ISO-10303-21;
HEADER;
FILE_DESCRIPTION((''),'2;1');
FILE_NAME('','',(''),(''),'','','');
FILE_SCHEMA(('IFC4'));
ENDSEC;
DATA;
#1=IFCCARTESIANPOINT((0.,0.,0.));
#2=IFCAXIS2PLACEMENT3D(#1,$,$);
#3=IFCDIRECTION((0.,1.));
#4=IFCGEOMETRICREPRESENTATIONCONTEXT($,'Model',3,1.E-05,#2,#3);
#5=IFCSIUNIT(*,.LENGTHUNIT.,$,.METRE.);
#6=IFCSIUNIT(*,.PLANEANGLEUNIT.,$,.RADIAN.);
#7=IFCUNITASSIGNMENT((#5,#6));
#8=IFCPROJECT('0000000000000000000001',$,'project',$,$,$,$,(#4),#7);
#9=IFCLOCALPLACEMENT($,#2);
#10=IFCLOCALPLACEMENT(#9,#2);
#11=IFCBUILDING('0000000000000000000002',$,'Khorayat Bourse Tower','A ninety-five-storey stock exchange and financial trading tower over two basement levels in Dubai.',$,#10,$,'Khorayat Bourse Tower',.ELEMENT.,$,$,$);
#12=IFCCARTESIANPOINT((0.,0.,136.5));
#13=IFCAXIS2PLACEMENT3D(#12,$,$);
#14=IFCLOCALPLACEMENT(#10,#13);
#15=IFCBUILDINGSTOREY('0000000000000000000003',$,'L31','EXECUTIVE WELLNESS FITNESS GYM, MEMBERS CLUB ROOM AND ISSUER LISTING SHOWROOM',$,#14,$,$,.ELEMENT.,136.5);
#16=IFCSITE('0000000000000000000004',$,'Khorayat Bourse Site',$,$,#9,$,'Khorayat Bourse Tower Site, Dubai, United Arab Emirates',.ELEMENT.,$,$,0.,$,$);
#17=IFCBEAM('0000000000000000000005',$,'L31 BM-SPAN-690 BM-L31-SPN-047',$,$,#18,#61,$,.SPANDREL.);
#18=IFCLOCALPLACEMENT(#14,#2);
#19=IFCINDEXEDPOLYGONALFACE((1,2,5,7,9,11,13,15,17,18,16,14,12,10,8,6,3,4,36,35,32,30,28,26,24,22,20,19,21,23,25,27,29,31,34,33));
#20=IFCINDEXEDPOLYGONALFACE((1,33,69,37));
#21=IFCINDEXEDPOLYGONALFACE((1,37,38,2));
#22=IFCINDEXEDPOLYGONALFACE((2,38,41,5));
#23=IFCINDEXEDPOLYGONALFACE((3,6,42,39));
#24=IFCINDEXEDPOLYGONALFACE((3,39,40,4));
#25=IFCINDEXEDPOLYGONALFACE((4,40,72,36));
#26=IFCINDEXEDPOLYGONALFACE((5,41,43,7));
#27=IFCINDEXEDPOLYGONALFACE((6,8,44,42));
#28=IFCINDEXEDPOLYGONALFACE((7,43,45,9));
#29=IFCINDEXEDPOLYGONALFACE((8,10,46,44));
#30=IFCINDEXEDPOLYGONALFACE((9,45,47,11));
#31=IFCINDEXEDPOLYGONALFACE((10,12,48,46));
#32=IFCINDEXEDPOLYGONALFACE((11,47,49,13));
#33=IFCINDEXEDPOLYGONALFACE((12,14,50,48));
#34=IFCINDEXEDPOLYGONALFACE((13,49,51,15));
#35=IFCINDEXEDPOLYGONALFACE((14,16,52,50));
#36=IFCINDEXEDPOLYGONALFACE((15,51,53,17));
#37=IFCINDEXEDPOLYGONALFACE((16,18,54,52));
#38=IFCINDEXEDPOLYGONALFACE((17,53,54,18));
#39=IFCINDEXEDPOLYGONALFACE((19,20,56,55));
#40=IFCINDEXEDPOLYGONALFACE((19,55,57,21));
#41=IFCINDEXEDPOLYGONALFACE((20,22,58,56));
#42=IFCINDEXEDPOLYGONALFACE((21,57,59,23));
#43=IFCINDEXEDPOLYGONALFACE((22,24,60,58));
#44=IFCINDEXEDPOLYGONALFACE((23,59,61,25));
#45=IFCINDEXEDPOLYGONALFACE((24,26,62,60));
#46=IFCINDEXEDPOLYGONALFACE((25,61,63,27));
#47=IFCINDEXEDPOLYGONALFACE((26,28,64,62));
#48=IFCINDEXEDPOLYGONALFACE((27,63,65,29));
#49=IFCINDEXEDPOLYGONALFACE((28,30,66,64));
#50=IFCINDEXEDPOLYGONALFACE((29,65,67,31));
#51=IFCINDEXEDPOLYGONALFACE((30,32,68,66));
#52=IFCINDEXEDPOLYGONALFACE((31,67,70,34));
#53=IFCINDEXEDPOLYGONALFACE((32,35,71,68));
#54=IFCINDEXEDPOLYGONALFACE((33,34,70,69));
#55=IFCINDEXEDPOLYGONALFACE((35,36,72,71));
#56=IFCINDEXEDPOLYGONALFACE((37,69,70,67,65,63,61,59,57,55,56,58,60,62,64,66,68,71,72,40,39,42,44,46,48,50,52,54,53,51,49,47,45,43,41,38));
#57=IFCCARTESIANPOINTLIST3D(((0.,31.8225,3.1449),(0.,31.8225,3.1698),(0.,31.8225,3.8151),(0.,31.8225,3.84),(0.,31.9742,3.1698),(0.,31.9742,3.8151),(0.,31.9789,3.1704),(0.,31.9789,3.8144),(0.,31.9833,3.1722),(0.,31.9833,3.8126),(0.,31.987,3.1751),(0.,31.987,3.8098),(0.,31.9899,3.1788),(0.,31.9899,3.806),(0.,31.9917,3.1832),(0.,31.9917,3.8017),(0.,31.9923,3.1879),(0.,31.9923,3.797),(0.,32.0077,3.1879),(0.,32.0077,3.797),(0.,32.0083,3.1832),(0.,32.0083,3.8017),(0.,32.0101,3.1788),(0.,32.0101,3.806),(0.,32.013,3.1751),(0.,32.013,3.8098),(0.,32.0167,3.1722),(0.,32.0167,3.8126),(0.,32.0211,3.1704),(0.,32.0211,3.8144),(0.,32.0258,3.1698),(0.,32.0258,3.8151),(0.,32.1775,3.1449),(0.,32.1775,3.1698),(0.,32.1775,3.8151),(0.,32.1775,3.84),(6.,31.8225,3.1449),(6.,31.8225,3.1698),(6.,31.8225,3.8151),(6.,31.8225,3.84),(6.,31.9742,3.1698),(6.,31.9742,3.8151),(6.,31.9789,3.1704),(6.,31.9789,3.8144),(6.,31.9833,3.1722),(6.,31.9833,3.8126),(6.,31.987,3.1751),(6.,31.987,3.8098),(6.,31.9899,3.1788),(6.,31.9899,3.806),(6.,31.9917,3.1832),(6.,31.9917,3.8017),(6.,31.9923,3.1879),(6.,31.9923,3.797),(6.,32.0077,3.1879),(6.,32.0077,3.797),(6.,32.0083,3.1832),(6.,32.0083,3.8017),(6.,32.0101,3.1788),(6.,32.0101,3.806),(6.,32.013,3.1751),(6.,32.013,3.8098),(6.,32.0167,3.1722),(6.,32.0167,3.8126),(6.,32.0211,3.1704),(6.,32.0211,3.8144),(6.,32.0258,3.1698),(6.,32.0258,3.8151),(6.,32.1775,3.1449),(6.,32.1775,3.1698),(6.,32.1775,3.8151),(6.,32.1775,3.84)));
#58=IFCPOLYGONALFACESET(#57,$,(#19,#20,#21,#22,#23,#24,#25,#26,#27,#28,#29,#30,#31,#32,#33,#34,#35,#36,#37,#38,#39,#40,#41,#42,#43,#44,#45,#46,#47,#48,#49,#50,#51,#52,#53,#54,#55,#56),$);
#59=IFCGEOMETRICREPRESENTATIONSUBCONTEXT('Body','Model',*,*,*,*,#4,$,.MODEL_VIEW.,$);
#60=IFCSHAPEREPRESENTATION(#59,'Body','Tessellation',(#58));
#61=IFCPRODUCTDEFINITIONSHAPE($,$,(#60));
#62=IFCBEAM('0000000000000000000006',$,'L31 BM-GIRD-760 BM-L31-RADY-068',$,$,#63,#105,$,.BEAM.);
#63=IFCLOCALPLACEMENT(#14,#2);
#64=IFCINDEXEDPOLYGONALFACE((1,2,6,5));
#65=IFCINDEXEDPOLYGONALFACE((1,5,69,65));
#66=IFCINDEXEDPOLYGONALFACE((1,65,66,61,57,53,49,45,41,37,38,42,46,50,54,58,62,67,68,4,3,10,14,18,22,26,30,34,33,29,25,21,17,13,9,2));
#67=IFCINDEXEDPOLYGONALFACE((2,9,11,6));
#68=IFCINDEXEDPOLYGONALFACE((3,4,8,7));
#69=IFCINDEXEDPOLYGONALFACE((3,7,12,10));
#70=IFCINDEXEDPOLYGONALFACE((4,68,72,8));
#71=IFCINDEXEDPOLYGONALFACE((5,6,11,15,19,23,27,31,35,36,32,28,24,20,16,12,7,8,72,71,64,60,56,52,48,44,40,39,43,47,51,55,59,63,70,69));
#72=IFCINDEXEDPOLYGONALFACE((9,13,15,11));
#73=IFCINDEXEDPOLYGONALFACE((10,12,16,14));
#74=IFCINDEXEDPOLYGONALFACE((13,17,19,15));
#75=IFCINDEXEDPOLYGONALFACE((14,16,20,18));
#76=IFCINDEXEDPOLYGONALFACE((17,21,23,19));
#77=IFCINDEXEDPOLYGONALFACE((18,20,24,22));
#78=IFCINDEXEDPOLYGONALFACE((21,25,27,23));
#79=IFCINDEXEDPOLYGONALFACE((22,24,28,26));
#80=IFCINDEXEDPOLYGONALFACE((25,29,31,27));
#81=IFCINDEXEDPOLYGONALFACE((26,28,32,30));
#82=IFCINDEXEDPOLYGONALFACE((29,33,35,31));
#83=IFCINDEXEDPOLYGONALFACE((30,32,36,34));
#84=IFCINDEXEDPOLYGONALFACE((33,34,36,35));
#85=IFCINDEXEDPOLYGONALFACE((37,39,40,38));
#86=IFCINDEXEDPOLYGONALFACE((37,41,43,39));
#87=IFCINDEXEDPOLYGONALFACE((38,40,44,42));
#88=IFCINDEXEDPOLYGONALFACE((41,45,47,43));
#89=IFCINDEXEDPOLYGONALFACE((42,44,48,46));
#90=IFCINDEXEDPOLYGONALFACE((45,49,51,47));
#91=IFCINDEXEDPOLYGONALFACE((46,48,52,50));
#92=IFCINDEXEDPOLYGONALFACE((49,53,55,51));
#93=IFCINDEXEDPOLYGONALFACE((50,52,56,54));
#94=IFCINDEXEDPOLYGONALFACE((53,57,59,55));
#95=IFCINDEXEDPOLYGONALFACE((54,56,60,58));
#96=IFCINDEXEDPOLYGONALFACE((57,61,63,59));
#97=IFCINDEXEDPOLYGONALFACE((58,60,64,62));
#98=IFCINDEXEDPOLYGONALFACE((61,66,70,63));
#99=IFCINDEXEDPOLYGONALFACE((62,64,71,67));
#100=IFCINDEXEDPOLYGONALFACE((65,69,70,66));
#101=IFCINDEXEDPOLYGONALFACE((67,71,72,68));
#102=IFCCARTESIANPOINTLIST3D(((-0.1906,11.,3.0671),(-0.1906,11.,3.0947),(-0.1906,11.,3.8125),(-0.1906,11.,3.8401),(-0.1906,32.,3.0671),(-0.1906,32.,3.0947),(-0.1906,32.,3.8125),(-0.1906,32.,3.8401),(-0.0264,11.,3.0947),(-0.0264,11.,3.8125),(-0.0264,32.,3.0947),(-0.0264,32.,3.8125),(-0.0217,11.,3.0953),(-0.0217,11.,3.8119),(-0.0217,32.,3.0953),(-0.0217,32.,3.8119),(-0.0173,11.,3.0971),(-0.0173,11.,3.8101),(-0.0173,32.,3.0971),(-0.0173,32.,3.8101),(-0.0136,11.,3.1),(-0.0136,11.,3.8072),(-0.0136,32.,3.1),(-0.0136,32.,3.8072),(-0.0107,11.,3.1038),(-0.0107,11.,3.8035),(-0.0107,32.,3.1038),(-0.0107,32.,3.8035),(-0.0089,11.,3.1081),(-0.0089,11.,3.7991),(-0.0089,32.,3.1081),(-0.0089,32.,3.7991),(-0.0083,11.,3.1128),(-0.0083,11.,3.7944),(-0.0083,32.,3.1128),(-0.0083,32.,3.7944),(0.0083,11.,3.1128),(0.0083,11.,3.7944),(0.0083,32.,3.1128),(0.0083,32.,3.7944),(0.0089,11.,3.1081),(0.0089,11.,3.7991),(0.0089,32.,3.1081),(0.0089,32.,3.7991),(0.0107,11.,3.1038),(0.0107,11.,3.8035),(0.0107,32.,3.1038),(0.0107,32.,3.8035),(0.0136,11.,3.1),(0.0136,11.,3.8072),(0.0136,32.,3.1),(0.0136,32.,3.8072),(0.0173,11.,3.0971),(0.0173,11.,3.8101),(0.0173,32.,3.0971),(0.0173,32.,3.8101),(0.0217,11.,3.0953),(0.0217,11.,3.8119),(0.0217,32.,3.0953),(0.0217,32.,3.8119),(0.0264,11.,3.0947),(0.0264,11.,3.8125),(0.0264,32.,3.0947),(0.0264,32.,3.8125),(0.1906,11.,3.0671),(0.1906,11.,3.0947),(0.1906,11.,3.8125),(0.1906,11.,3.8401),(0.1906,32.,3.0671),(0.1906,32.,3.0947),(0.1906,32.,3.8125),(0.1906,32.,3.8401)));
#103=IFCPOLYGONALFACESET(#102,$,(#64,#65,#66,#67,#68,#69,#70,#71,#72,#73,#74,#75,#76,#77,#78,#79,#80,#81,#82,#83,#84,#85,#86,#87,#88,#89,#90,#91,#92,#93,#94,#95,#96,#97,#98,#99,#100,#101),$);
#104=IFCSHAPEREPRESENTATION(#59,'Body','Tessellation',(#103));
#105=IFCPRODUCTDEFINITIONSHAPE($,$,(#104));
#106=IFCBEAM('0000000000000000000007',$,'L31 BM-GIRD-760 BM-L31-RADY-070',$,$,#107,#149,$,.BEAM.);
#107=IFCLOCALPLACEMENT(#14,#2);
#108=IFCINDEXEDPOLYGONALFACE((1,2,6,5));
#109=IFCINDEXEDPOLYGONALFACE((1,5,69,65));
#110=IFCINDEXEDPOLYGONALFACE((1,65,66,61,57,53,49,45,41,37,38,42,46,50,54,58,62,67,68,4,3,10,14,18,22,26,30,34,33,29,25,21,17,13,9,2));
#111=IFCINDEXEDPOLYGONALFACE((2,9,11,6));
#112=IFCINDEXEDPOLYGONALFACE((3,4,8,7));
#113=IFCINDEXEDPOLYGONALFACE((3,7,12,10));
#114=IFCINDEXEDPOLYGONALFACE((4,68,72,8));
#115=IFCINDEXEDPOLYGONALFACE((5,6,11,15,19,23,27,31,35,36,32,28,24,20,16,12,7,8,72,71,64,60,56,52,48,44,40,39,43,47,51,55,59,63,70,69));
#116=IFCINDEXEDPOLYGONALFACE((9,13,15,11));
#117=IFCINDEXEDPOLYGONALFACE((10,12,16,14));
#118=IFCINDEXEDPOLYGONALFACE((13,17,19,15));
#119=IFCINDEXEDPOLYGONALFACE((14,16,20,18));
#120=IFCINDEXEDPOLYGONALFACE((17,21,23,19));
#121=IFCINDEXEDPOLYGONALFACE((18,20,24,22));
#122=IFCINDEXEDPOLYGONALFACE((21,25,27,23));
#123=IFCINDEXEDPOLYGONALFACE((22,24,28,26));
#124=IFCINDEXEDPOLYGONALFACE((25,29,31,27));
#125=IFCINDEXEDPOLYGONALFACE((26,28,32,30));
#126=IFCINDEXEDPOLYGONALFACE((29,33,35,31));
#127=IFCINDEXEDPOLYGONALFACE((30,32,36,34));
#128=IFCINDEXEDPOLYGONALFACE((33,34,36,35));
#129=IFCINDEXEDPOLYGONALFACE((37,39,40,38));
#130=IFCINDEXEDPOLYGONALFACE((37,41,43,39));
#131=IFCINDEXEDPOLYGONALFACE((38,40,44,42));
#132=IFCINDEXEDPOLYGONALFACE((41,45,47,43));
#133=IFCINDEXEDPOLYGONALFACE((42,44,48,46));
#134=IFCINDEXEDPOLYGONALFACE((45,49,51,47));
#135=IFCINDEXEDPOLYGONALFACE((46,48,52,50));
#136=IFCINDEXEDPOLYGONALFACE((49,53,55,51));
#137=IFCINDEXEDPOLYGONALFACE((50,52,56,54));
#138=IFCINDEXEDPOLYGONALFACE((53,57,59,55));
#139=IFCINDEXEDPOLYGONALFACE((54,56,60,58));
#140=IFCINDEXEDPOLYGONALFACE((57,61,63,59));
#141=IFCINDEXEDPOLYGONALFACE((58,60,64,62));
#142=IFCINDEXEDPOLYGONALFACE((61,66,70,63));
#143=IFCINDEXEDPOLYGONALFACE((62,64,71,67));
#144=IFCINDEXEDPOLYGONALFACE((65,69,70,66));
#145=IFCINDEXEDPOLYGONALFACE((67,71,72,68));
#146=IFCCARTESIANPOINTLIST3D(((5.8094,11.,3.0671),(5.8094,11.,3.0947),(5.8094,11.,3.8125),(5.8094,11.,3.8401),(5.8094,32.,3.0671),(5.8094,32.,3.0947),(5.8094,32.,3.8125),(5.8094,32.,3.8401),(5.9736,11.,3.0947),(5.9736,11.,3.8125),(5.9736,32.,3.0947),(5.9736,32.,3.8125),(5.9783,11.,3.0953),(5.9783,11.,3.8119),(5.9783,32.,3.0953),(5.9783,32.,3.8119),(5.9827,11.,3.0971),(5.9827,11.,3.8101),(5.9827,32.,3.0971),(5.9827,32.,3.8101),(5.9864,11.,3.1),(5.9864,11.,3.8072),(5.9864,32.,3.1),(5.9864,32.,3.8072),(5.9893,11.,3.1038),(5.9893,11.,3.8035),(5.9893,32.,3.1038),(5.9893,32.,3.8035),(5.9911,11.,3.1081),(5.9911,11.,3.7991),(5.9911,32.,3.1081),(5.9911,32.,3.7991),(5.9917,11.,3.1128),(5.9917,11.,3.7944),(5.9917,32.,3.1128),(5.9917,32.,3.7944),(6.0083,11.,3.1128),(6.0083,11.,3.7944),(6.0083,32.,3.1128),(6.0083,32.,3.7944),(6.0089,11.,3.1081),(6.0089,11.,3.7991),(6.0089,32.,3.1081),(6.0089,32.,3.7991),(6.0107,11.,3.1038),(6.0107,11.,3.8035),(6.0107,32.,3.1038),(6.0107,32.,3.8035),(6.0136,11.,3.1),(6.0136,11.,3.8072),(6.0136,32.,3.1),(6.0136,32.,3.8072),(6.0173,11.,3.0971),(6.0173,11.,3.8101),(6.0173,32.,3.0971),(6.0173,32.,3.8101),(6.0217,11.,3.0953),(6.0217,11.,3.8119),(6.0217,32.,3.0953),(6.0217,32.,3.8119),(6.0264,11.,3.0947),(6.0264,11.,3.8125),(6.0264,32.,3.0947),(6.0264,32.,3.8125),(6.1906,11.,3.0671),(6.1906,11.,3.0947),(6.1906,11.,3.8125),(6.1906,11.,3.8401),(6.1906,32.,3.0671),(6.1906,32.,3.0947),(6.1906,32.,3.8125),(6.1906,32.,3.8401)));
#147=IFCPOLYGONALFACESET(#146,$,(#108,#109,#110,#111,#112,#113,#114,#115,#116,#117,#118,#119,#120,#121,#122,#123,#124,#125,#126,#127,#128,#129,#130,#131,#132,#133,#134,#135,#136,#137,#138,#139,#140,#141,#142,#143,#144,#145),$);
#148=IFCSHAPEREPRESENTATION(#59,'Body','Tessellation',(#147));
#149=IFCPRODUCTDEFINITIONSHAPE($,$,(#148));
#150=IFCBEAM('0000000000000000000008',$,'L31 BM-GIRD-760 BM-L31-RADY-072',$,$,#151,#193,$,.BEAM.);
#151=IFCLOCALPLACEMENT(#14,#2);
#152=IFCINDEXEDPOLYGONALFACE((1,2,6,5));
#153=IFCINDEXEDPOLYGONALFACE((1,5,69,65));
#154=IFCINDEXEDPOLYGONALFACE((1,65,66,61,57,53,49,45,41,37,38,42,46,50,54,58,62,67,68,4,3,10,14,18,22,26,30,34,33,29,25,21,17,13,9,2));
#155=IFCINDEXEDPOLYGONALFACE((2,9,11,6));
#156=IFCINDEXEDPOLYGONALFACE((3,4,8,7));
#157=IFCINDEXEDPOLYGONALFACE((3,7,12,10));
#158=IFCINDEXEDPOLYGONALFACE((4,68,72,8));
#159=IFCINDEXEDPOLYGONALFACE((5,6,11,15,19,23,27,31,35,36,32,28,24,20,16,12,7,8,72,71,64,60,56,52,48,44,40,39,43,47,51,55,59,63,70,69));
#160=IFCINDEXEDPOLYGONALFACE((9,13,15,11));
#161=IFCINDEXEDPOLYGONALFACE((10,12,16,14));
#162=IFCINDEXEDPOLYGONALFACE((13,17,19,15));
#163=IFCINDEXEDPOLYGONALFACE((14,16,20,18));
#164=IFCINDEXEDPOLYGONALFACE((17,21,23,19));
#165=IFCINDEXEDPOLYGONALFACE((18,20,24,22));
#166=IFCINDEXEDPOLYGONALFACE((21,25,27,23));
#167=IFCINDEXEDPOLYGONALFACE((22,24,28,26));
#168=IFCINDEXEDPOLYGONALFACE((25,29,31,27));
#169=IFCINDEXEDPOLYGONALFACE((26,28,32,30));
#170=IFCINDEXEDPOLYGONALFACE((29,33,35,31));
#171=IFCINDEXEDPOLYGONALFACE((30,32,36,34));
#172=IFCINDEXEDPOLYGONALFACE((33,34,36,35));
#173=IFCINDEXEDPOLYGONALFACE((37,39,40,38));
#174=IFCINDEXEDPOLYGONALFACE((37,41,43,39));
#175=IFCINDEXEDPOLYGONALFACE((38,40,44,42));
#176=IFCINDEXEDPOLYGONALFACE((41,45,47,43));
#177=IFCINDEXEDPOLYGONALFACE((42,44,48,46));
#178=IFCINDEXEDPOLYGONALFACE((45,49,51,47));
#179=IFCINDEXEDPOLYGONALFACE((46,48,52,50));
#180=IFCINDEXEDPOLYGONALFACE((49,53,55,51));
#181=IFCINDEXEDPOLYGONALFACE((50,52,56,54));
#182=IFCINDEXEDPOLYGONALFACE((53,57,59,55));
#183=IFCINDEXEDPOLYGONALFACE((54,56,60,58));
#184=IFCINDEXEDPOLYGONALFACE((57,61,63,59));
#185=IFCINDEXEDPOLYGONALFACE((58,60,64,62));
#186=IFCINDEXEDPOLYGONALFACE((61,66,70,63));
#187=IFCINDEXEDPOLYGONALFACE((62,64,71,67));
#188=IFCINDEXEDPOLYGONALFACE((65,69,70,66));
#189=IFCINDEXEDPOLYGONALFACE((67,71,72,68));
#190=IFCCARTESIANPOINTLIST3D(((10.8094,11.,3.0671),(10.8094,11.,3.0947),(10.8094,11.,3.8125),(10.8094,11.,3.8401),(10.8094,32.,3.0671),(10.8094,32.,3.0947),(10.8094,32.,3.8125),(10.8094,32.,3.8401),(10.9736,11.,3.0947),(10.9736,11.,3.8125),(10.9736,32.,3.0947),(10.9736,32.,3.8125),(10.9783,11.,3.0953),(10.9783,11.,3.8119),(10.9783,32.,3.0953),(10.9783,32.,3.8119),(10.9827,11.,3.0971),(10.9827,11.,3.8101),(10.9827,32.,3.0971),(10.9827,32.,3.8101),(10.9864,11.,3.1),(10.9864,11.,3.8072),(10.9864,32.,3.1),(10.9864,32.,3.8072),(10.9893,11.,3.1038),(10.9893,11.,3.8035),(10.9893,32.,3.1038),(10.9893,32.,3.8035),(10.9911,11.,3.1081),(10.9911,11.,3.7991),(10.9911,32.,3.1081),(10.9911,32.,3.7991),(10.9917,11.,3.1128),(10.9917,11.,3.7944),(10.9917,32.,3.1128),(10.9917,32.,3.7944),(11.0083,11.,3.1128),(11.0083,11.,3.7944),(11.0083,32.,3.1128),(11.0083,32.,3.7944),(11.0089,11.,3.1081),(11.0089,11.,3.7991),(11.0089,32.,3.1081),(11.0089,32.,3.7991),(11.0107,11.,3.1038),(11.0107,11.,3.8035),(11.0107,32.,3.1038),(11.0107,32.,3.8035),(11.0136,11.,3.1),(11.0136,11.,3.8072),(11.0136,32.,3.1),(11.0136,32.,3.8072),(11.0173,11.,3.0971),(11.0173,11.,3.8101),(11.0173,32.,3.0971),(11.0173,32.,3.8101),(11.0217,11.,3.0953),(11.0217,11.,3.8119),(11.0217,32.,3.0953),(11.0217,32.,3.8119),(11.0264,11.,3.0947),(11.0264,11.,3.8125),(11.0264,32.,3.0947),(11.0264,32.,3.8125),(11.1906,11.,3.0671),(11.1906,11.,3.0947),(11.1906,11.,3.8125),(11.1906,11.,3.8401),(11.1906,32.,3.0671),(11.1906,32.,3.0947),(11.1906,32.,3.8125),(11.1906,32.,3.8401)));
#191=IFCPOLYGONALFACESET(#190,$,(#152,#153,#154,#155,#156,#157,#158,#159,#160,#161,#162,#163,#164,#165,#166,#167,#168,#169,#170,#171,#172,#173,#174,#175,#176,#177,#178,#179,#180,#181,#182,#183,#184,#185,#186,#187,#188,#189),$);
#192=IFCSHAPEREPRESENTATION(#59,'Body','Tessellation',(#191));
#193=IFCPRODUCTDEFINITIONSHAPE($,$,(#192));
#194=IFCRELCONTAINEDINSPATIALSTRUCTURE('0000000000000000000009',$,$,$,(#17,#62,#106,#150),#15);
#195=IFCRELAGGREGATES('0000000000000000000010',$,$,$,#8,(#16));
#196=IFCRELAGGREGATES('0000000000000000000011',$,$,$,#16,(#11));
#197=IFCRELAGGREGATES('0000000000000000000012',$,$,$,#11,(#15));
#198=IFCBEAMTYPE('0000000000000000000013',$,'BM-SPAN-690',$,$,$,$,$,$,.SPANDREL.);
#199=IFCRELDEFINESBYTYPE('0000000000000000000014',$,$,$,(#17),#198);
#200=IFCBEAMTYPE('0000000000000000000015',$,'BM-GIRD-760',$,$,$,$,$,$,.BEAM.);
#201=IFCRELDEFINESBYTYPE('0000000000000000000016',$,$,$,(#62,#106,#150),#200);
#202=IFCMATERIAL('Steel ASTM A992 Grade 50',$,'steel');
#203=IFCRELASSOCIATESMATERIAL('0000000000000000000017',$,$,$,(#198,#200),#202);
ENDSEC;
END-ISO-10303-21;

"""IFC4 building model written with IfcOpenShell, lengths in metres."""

from ifc_helpers import new_model, si_unit, direction, frame, origin, origin_2d, place, context, subcontext, project, spatial, i_section, extrude, source, transform, mapped, material, material_profile, profile_set, type_object, element, save


model = new_model("IFC4")

# Units and contexts
model_context = context("Model", 3, precision=1e-05, world=origin(), true_north=direction((0.0, 1.0)))
body_context = subcontext(model_context, "Body", "Model", "MODEL_VIEW")
ifc_project = project(units=[si_unit("LENGTHUNIT", "METRE"), si_unit("PLANEANGLEUNIT", "RADIAN")], contexts=[model_context])

# Site, building, storey
site_placement = place(None, origin())
site = spatial("IfcSite", under=ifc_project, at=site_placement, Name="Khorayat Bourse Site", LongName="Khorayat Bourse Tower Site, Dubai, United Arab Emirates", CompositionType="ELEMENT", RefElevation=0.0)
building_placement = place(site_placement, origin())
building = spatial("IfcBuilding", under=site, at=building_placement, Name="Khorayat Bourse Tower", Description="A ninety-five-storey stock exchange and financial trading tower over two basement levels in Dubai.", LongName="Khorayat Bourse Tower", CompositionType="ELEMENT")
storey_placement = place(building_placement, frame((0.0, 0.0, 136.5)))
storey = spatial("IfcBuildingStorey", under=building, at=storey_placement, Name="L31", Description="EXECUTIVE WELLNESS FITNESS GYM, MEMBERS CLUB ROOM AND ISSUER LISTING SHOWROOM", CompositionType="ELEMENT", Elevation=136.5)

# Beams
ifc_material_1 = material(Name="Steel ASTM A992 Grade 50", Category="steel")
ifc_material_profile_1 = material_profile(ifc_material_1, i_section(OverallWidth=0.355, OverallDepth=0.6951, WebThickness=0.0154, FlangeThickness=0.0249, FilletRadius=0.0181, at=origin_2d()), Name="W690X217")
ifc_profile_set_1 = profile_set([ifc_material_profile_1], Name="Steel ASTM A992 Grade 50")
beam_type_1 = type_object("IfcBeamType", Name="BM-SPAN-690", PredefinedType="SPANDREL", material=ifc_profile_set_1)
shared_shape_1 = source(origin(), body_context, "Body", "SweptSolid", [
    extrude(i_section(OverallWidth=0.355, OverallDepth=0.6951, WebThickness=0.0154, FlangeThickness=0.0249, FilletRadius=0.0181, at=origin_2d()), origin(), (0.0, 0.0, 1.0), 6.0),
])
beam_1_placement = place(storey_placement, frame((0.0, 32.0, 3.4924), z_axis=(1.0, 0.0, 0.0), x_axis=(0.0, 1.0, 0.0)))
element("IfcBeam", 1, at=beam_1_placement, inside=storey, type_object=beam_type_1, Name="L31 BM-SPAN-690 BM-L31-SPN-047", PredefinedType="SPANDREL", context=body_context, shape_type="MappedRepresentation", body=[
    mapped(shared_shape_1, transform((0.0, 0.0, 0.0), scale=1.0)),
])
ifc_material_profile_2 = material_profile(ifc_material_1, i_section(OverallWidth=0.3811, OverallDepth=0.7729, WebThickness=0.0166, FlangeThickness=0.0276, FilletRadius=0.0181, at=origin_2d()), Name="W760X257")
ifc_profile_set_2 = profile_set([ifc_material_profile_2], Name="Steel ASTM A992 Grade 50")
beam_type_2 = type_object("IfcBeamType", Name="BM-GIRD-760", PredefinedType="BEAM", material=ifc_profile_set_2)
shared_shape_2 = source(origin(), body_context, "Body", "SweptSolid", [
    extrude(i_section(OverallWidth=0.3811, OverallDepth=0.7729, WebThickness=0.0166, FlangeThickness=0.0276, FilletRadius=0.0181, at=origin_2d()), origin(), (0.0, 0.0, 1.0), 21.0),
])
for number, where, z_axis, x_axis, name in (
    (2, (0.0, 11.0, 3.4536), (0.0, 1.0, 0.0), (-1.0, 0.0, 0.0), "L31 BM-GIRD-760 BM-L31-RADY-068"),
    (3, (6.0, 11.0, 3.4536), (0.0, 1.0, 0.0), (-1.0, 0.0, 0.0), "L31 BM-GIRD-760 BM-L31-RADY-070"),
    (4, (11.0, 11.0, 3.4536), (0.0, 1.0, 0.0), (-1.0, 0.0, 0.0), "L31 BM-GIRD-760 BM-L31-RADY-072"),
):
    element("IfcBeam", number, at=place(storey_placement, frame(where, z_axis=z_axis, x_axis=x_axis)), inside=storey, type_object=beam_type_2, Name=name, PredefinedType="BEAM", context=body_context, shape_type="MappedRepresentation", body=[
        mapped(shared_shape_2, transform((0.0, 0.0, 0.0), scale=1.0)),
    ])

save(model, "model.ifc")
